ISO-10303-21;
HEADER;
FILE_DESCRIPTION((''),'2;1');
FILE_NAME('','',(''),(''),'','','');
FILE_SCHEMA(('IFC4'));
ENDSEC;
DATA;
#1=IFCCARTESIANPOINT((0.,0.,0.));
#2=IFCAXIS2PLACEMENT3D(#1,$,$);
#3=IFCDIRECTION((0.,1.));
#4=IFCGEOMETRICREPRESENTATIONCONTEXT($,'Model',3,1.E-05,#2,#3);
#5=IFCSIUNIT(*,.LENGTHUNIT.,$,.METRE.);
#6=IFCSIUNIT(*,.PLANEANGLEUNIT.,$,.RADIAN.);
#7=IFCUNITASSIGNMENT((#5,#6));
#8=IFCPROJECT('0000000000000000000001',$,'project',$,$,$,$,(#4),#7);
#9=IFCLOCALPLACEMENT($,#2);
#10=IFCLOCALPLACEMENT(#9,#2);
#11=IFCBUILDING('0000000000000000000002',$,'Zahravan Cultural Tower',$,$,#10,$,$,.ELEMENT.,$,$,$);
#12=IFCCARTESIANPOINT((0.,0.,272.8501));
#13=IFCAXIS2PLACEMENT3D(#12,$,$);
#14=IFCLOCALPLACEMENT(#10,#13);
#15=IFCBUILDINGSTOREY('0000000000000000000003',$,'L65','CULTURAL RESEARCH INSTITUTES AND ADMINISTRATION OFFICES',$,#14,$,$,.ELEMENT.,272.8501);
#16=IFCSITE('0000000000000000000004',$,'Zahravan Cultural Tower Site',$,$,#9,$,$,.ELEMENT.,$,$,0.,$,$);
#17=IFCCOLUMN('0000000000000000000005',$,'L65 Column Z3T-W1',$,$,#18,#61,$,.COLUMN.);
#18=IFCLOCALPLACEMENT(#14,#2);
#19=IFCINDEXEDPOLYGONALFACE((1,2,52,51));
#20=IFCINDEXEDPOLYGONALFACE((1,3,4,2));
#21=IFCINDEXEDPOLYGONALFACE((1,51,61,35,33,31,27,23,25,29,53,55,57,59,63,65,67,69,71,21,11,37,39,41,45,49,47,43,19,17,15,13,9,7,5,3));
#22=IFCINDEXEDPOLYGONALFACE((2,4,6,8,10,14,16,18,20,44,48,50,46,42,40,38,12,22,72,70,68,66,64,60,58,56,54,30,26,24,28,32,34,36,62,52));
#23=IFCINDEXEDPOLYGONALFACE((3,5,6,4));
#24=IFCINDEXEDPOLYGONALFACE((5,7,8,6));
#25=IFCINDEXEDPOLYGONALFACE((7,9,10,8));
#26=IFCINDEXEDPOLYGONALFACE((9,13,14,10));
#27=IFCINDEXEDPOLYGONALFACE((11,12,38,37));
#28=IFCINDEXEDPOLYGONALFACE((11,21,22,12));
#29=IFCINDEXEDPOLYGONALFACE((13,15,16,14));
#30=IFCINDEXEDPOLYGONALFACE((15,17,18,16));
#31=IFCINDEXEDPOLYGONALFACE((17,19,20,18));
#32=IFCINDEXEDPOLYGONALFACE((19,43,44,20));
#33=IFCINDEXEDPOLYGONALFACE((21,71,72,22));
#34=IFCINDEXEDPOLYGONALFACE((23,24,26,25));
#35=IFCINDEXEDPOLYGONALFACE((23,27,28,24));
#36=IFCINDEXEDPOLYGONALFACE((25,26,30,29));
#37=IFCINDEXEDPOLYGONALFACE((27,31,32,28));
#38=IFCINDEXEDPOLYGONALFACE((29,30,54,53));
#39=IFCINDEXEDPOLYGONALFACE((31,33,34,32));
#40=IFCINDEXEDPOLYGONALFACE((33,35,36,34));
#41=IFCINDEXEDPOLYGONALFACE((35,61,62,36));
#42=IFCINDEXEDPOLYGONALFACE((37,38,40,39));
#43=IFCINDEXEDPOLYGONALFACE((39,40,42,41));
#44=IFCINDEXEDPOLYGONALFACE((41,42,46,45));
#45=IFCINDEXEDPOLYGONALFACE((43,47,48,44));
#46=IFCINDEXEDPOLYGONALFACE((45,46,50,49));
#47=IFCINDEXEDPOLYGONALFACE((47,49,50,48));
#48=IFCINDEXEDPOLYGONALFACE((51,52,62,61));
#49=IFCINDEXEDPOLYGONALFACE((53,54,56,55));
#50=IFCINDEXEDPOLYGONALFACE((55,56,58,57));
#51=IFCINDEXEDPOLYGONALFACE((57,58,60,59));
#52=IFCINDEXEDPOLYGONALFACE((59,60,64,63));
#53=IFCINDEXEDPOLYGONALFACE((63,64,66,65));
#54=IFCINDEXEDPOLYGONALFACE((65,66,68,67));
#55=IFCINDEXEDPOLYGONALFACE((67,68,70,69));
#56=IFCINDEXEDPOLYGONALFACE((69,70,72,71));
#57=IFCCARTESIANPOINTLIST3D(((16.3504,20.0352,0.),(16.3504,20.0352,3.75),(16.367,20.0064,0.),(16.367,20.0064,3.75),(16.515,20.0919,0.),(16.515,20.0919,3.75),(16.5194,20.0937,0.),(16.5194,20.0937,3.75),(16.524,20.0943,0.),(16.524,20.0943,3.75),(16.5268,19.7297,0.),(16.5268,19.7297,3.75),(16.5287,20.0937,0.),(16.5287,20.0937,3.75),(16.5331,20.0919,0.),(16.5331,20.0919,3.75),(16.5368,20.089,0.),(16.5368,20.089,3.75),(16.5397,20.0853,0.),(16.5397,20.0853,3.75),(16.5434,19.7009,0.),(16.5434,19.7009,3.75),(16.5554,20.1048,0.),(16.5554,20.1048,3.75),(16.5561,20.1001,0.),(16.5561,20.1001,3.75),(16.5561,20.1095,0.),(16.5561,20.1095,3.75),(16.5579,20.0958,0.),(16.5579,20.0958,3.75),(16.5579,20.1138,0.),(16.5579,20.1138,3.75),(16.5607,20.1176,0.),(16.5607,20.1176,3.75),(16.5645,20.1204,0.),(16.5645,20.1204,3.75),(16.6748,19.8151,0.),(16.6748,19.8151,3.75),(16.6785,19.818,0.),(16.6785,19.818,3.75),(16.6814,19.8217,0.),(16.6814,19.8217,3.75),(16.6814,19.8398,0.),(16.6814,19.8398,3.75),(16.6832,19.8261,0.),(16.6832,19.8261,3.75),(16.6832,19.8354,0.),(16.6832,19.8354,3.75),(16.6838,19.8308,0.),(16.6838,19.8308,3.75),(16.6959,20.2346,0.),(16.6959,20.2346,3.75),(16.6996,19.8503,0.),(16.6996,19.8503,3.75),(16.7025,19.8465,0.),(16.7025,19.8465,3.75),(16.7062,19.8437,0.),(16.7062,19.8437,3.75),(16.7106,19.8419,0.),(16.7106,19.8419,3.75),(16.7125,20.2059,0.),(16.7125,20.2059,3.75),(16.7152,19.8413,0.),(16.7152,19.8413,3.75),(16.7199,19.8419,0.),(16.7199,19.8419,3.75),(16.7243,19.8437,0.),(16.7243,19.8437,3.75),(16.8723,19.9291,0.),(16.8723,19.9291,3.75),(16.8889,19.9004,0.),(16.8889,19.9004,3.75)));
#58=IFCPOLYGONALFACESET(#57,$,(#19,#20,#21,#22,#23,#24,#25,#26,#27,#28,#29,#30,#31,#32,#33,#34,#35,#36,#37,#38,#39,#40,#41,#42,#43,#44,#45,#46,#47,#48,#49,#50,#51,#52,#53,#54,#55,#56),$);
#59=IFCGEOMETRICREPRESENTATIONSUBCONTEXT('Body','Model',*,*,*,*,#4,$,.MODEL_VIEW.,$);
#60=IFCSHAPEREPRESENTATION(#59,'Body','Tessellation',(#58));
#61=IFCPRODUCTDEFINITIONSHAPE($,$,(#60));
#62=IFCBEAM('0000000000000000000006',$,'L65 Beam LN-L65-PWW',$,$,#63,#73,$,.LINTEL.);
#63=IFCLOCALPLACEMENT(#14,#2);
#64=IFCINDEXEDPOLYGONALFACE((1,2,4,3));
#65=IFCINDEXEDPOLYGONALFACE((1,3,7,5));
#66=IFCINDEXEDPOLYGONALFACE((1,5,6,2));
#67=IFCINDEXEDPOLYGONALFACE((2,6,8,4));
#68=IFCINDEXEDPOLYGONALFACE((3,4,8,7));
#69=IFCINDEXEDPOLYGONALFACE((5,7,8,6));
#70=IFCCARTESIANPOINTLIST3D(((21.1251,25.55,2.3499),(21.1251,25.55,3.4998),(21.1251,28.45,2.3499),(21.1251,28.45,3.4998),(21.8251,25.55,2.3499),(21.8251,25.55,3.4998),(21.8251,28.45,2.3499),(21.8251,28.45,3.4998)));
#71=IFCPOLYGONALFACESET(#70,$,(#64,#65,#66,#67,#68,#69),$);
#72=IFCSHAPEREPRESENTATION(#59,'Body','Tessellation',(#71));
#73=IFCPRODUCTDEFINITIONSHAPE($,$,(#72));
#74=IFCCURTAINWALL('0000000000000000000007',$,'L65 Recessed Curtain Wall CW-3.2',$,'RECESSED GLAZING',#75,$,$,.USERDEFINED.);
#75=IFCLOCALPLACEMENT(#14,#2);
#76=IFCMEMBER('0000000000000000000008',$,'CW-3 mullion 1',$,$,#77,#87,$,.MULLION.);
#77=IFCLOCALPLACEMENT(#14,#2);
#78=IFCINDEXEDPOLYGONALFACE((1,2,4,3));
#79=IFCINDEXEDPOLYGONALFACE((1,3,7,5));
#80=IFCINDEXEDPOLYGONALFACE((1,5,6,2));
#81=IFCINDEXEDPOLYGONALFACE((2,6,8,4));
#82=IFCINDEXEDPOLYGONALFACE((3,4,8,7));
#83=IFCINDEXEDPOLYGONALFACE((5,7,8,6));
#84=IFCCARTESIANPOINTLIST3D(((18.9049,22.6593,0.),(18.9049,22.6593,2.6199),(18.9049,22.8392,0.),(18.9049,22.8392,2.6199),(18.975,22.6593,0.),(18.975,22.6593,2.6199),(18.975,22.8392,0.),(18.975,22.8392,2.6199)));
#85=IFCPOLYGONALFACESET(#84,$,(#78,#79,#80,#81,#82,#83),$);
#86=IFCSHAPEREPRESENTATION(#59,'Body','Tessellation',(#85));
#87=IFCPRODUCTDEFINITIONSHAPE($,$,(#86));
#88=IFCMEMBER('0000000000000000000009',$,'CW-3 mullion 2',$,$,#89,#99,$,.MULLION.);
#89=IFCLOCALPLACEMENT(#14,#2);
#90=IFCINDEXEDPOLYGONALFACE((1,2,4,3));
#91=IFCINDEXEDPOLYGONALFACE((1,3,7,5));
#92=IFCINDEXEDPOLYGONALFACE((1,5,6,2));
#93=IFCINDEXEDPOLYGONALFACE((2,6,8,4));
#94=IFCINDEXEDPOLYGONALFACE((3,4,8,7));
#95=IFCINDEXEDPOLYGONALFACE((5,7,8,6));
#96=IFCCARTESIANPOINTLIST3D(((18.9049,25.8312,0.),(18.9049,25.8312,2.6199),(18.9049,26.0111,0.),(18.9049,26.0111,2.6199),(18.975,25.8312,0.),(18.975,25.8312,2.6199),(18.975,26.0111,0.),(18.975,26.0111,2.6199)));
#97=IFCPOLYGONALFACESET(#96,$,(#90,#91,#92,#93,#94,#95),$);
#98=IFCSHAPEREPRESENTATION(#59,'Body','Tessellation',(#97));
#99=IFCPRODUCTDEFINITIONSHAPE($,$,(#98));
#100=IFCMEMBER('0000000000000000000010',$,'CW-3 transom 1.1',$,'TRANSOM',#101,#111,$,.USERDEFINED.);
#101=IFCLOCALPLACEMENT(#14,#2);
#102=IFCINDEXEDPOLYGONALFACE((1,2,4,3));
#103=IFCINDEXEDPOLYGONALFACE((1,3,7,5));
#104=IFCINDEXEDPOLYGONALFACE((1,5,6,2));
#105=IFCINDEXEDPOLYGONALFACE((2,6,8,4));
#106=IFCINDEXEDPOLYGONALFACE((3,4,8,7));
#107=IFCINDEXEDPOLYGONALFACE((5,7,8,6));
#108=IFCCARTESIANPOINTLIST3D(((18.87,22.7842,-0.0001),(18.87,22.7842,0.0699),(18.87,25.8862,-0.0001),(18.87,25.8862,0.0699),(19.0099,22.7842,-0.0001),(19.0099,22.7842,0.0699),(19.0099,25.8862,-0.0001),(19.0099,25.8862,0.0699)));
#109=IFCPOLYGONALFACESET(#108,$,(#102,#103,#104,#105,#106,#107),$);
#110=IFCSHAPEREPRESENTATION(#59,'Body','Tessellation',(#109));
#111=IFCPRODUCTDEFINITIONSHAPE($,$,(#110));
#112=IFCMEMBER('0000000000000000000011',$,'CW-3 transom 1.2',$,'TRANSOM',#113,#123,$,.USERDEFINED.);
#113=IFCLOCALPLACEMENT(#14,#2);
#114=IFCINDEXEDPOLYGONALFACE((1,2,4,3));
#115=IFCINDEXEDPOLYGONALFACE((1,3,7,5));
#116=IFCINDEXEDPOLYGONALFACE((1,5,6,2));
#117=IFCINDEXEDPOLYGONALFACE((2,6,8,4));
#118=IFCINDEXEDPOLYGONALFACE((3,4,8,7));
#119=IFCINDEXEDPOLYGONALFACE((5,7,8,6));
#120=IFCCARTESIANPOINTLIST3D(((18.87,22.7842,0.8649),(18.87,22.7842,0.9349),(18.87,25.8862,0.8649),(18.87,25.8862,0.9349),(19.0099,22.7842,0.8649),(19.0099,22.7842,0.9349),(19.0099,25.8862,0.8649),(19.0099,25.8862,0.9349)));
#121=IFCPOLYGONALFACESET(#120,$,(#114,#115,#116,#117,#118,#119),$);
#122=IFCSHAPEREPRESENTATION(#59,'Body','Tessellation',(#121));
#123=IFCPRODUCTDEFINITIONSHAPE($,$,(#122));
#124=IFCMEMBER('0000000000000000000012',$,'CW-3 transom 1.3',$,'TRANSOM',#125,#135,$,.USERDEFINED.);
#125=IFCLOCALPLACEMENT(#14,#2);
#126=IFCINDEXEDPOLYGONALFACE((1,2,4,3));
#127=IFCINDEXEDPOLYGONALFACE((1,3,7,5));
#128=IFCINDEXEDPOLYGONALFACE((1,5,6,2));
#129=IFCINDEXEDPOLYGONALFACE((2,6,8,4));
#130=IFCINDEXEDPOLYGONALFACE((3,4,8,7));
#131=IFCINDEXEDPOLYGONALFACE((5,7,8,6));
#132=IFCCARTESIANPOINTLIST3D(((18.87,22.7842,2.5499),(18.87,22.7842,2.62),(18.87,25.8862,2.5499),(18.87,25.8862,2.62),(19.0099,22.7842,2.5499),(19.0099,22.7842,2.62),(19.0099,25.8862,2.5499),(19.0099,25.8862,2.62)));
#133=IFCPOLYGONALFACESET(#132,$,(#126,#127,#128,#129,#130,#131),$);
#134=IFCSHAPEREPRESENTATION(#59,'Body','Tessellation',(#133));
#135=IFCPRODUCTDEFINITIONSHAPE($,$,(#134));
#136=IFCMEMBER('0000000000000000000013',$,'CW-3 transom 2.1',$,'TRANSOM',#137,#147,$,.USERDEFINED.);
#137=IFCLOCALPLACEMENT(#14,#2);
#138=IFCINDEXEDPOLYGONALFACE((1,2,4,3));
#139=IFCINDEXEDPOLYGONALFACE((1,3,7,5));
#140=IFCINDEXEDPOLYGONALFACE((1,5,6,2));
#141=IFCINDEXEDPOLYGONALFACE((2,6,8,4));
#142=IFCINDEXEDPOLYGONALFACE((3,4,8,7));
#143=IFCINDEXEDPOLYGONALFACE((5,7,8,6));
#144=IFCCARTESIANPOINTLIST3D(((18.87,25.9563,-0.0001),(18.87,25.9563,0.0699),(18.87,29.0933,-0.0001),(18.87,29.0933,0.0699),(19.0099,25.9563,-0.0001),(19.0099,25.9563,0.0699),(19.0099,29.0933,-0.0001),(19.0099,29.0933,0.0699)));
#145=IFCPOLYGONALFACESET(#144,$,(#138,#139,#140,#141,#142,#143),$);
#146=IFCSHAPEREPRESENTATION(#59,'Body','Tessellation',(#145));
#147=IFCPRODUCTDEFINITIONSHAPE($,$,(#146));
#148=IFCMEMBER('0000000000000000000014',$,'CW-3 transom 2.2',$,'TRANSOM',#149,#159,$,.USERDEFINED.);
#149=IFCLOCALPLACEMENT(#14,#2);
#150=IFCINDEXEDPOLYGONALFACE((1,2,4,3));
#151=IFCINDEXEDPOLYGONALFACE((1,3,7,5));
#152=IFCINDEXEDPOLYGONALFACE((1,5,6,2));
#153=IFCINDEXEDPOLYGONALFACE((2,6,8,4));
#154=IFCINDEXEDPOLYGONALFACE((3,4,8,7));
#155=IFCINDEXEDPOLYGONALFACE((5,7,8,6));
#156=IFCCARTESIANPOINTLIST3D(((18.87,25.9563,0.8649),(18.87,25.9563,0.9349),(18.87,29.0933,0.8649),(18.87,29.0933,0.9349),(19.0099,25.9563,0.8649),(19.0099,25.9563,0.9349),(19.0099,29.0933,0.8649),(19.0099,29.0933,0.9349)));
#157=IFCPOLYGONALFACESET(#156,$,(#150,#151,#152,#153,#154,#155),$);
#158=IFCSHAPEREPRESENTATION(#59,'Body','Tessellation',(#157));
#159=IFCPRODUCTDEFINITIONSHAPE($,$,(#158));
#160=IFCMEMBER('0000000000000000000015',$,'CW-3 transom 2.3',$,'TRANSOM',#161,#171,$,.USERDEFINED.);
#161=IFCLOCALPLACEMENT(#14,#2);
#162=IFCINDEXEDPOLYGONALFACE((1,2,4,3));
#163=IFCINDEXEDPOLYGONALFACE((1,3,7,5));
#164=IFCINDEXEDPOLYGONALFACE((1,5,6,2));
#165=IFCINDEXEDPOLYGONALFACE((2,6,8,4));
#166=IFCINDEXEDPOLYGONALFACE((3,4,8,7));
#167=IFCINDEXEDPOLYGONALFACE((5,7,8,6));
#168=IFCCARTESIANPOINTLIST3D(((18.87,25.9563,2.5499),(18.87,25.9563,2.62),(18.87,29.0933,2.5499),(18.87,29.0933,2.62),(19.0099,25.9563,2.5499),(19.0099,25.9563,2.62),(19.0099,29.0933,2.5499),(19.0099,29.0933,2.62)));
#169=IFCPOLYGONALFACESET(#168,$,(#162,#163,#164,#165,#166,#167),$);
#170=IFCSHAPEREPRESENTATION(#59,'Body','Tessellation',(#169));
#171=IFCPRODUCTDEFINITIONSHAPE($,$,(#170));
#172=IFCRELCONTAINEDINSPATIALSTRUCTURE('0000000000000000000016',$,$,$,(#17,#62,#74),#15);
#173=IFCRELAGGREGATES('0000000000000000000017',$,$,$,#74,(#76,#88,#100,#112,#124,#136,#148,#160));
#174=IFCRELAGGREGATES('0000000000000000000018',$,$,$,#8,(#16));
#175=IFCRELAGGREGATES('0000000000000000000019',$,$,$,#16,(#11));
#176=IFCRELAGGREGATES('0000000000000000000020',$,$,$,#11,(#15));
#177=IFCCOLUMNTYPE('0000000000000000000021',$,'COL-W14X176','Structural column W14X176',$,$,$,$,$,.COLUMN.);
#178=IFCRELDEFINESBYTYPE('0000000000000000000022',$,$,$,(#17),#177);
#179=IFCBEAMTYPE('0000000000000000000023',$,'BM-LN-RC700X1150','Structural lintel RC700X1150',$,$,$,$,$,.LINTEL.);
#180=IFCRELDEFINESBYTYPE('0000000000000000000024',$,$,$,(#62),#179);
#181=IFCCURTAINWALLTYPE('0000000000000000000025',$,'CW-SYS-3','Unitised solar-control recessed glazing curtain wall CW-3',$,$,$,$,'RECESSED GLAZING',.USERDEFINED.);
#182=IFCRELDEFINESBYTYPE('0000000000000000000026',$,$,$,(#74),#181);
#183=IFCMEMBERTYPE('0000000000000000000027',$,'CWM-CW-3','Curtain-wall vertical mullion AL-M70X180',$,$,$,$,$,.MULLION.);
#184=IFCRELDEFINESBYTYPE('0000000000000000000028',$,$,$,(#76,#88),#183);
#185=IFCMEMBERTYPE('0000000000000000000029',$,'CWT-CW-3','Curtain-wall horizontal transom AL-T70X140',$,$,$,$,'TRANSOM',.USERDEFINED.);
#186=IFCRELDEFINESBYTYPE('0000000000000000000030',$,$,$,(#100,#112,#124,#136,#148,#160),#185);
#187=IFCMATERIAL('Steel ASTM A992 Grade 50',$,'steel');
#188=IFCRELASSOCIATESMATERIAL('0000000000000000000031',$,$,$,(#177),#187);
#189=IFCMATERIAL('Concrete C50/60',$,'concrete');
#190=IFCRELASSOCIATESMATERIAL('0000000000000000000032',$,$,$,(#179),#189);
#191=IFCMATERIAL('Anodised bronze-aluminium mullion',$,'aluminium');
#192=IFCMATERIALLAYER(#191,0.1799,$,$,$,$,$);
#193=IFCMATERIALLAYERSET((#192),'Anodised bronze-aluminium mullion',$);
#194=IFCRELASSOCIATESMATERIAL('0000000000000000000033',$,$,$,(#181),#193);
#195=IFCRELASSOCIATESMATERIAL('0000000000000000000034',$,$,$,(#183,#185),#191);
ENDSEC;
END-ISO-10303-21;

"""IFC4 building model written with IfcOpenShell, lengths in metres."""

from ifc_helpers import new_model, si_unit, direction, frame, origin, origin_2d, place, context, subcontext, project, spatial, rectangle, i_section, extrude, source, transform, mapped, material, layer, layer_set, material_profile, profile_set, type_object, element, aggregate, save


model = new_model("IFC4")

# Units and contexts
model_context = context("Model", 3, precision=1e-05, world=origin(), true_north=direction((0.0, 1.0)))
body_context = subcontext(model_context, "Body", "Model", "MODEL_VIEW")
ifc_project = project(units=[si_unit("LENGTHUNIT", "METRE"), si_unit("PLANEANGLEUNIT", "RADIAN")], contexts=[model_context])

# Site, building, storey
site_placement = place(None, origin())
site = spatial("IfcSite", under=ifc_project, at=site_placement, Name="Zahravan Cultural Tower Site", CompositionType="ELEMENT", RefElevation=0.0)
building_placement = place(site_placement, origin())
building = spatial("IfcBuilding", under=site, at=building_placement, Name="Zahravan Cultural Tower", CompositionType="ELEMENT")
storey_placement = place(building_placement, frame((0.0, 0.0, 272.8501)))
storey = spatial("IfcBuildingStorey", under=building, at=storey_placement, Name="L65", Description="CULTURAL RESEARCH INSTITUTES AND ADMINISTRATION OFFICES", CompositionType="ELEMENT", Elevation=272.8501)

# Column
ifc_material_1 = material(Name="Steel ASTM A992 Grade 50", Category="steel")
ifc_material_profile_1 = material_profile(ifc_material_1, i_section(OverallWidth=0.3989, OverallDepth=0.386, WebThickness=0.021, FlangeThickness=0.0332, FilletRadius=0.0181, at=origin_2d()), Name="W14X176")
ifc_profile_set_1 = profile_set([ifc_material_profile_1], Name="Steel ASTM A992 Grade 50")
column_type = type_object("IfcColumnType", Name="COL-W14X176", Description="Structural column W14X176", PredefinedType="COLUMN", material=ifc_profile_set_1)
shared_shape_1 = source(origin(), body_context, "Body", "SweptSolid", [
    extrude(i_section(OverallWidth=0.3989, OverallDepth=0.386, WebThickness=0.021, FlangeThickness=0.0332, FilletRadius=0.0181, at=origin_2d()), origin(), (0.0, 0.0, 1.0), 3.75),
])
column_placement = place(storey_placement, frame((16.6196, 19.9678, 0.0), z_axis=(0.0, 0.0, 1.0), x_axis=(0.866025, 0.5, 0.0)))
element("IfcColumn", 1, at=column_placement, inside=storey, type_object=column_type, Name="L65 Column Z3T-W1", PredefinedType="COLUMN", context=body_context, shape_type="MappedRepresentation", body=[
    mapped(shared_shape_1, transform((0.0, 0.0, 0.0), x_axis=(1.0, 0.0, 0.0), y_axis=(0.0, 1.0, 0.0), z_axis=(0.0, 0.0, 1.0), scale=1.0)),
])

# Beam
ifc_material_2 = material(Name="Concrete C50/60", Category="concrete")
ifc_material_profile_2 = material_profile(ifc_material_2, rectangle(XDim=0.7, YDim=1.1499, at=origin_2d()), Name="RC700X1150")
ifc_profile_set_2 = profile_set([ifc_material_profile_2], Name="Concrete C50/60")
beam_type = type_object("IfcBeamType", Name="BM-LN-RC700X1150", Description="Structural lintel RC700X1150", PredefinedType="LINTEL", material=ifc_profile_set_2)
shared_shape_2 = source(origin(), body_context, "Body", "SweptSolid", [
    extrude(rectangle(XDim=0.7, YDim=1.1499, at=origin_2d()), origin(), (0.0, 0.0, 1.0), 2.8999),
])
beam_placement = place(storey_placement, frame((21.4751, 25.55, 2.9248), z_axis=(0.0, 1.0, 0.0), x_axis=(-1.0, 0.0, 0.0)))
element("IfcBeam", 2, at=beam_placement, inside=storey, type_object=beam_type, Name="L65 Beam LN-L65-PWW", PredefinedType="LINTEL", context=body_context, shape_type="MappedRepresentation", body=[
    mapped(shared_shape_2, transform((0.0, 0.0, 0.0), x_axis=(1.0, 0.0, 0.0), y_axis=(0.0, 1.0, 0.0), z_axis=(0.0, 0.0, 1.0), scale=1.0)),
])

# Curtain wall, members
ifc_material_3 = material(Name="Anodised bronze-aluminium mullion", Category="aluminium")
ifc_layer_1 = layer(ifc_material_3, 0.1799)
ifc_layer_set_1 = layer_set([ifc_layer_1], Name="Anodised bronze-aluminium mullion")
curtain_wall_type = type_object("IfcCurtainWallType", Name="CW-SYS-3", Description="Unitised solar-control recessed glazing curtain wall CW-3", ElementType="RECESSED GLAZING", PredefinedType="USERDEFINED", material=ifc_layer_set_1)
curtain_wall_placement = place(storey_placement, origin())
curtain_wall = element("IfcCurtainWall", 3, at=curtain_wall_placement, inside=storey, type_object=curtain_wall_type, Name="L65 Recessed Curtain Wall CW-3.2", ObjectType="RECESSED GLAZING", PredefinedType="USERDEFINED")
ifc_material_profile_3 = material_profile(ifc_material_3, rectangle(XDim=0.0701, YDim=0.1799, at=origin_2d()), Name="AL-M70X180")
ifc_profile_set_3 = profile_set([ifc_material_profile_3], Name="Anodised bronze-aluminium mullion")
member_type_1 = type_object("IfcMemberType", Name="CWM-CW-3", Description="Curtain-wall vertical mullion AL-M70X180", PredefinedType="MULLION", material=ifc_profile_set_3)
shared_shape_3 = source(origin(), body_context, "Body", "SweptSolid", [
    extrude(rectangle(XDim=0.0701, YDim=0.1799, at=origin_2d()), origin(), (0.0, 0.0, 1.0), 2.6199),
])
member_1_placement = place(storey_placement, frame((18.9399, 22.7493, 0.0), z_axis=(0.0, 0.0, 1.0), x_axis=(-1.0, 0.0, 0.0)))
member_1 = element("IfcMember", 4, at=member_1_placement, type_object=member_type_1, Name="CW-3 mullion 1", PredefinedType="MULLION", context=body_context, shape_type="MappedRepresentation", body=[
    mapped(shared_shape_3, transform((0.0, 0.0, 0.0), x_axis=(1.0, 0.0, 0.0), y_axis=(0.0, 1.0, 0.0), z_axis=(0.0, 0.0, 1.0), scale=1.0)),
])
member_2_placement = place(storey_placement, frame((18.9399, 25.9211, 0.0), z_axis=(0.0, 0.0, 1.0), x_axis=(-1.0, 0.0, 0.0)))
member_2 = element("IfcMember", 5, at=member_2_placement, type_object=member_type_1, Name="CW-3 mullion 2", PredefinedType="MULLION", context=body_context, shape_type="MappedRepresentation", body=[
    mapped(shared_shape_3, transform((0.0, 0.0, 0.0), x_axis=(1.0, 0.0, 0.0), y_axis=(0.0, 1.0, 0.0), z_axis=(0.0, 0.0, 1.0), scale=1.0)),
])
ifc_material_profile_4 = material_profile(ifc_material_3, rectangle(XDim=0.1399, YDim=0.0701, at=origin_2d()), Name="AL-T70X140")
ifc_profile_set_4 = profile_set([ifc_material_profile_4], Name="Anodised bronze-aluminium mullion")
member_type_2 = type_object("IfcMemberType", Name="CWT-CW-3", Description="Curtain-wall horizontal transom AL-T70X140", ElementType="TRANSOM", PredefinedType="USERDEFINED", material=ifc_profile_set_4)
shared_shape_4 = source(origin(), body_context, "Body", "SweptSolid", [
    extrude(rectangle(XDim=0.1399, YDim=0.0701, at=origin_2d()), origin(), (0.0, 0.0, 1.0), 3.1021),
])
member_3_placement = place(storey_placement, frame((18.9399, 22.7842, 0.0349), z_axis=(0.0, 1.0, 0.0), x_axis=(-1.0, 0.0, 0.0)))
member_3 = element("IfcMember", 6, at=member_3_placement, type_object=member_type_2, Name="CW-3 transom 1.1", ObjectType="TRANSOM", PredefinedType="USERDEFINED", context=body_context, shape_type="MappedRepresentation", body=[
    mapped(shared_shape_4, transform((0.0, 0.0, 0.0), x_axis=(1.0, 0.0, 0.0), y_axis=(0.0, 1.0, 0.0), z_axis=(0.0, 0.0, 1.0), scale=1.0)),
])
member_4_placement = place(storey_placement, frame((18.9399, 22.7842, 0.8999), z_axis=(0.0, 1.0, 0.0), x_axis=(-1.0, 0.0, 0.0)))
member_4 = element("IfcMember", 7, at=member_4_placement, type_object=member_type_2, Name="CW-3 transom 1.2", ObjectType="TRANSOM", PredefinedType="USERDEFINED", context=body_context, shape_type="MappedRepresentation", body=[
    mapped(shared_shape_4, transform((0.0, 0.0, 0.0), x_axis=(1.0, 0.0, 0.0), y_axis=(0.0, 1.0, 0.0), z_axis=(0.0, 0.0, 1.0), scale=1.0)),
])
member_5_placement = place(storey_placement, frame((18.9399, 22.7842, 2.585), z_axis=(0.0, 1.0, 0.0), x_axis=(-1.0, 0.0, 0.0)))
member_5 = element("IfcMember", 8, at=member_5_placement, type_object=member_type_2, Name="CW-3 transom 1.3", ObjectType="TRANSOM", PredefinedType="USERDEFINED", context=body_context, shape_type="MappedRepresentation", body=[
    mapped(shared_shape_4, transform((0.0, 0.0, 0.0), x_axis=(1.0, 0.0, 0.0), y_axis=(0.0, 1.0, 0.0), z_axis=(0.0, 0.0, 1.0), scale=1.0)),
])
shared_shape_5 = source(origin(), body_context, "Body", "SweptSolid", [
    extrude(rectangle(XDim=0.1399, YDim=0.0701, at=origin_2d()), origin(), (0.0, 0.0, 1.0), 3.137),
])
member_6_placement = place(storey_placement, frame((18.9399, 25.9563, 0.0349), z_axis=(0.0, 1.0, 0.0), x_axis=(-1.0, 0.0, 0.0)))
member_6 = element("IfcMember", 9, at=member_6_placement, type_object=member_type_2, Name="CW-3 transom 2.1", ObjectType="TRANSOM", PredefinedType="USERDEFINED", context=body_context, shape_type="MappedRepresentation", body=[
    mapped(shared_shape_5, transform((0.0, 0.0, 0.0), x_axis=(1.0, 0.0, 0.0), y_axis=(0.0, 1.0, 0.0), z_axis=(0.0, 0.0, 1.0), scale=1.0)),
])
member_7_placement = place(storey_placement, frame((18.9399, 25.9563, 0.8999), z_axis=(0.0, 1.0, 0.0), x_axis=(-1.0, 0.0, 0.0)))
member_7 = element("IfcMember", 10, at=member_7_placement, type_object=member_type_2, Name="CW-3 transom 2.2", ObjectType="TRANSOM", PredefinedType="USERDEFINED", context=body_context, shape_type="MappedRepresentation", body=[
    mapped(shared_shape_5, transform((0.0, 0.0, 0.0), x_axis=(1.0, 0.0, 0.0), y_axis=(0.0, 1.0, 0.0), z_axis=(0.0, 0.0, 1.0), scale=1.0)),
])
member_8_placement = place(storey_placement, frame((18.9399, 25.9563, 2.585), z_axis=(0.0, 1.0, 0.0), x_axis=(-1.0, 0.0, 0.0)))
member_8 = element("IfcMember", 11, at=member_8_placement, type_object=member_type_2, Name="CW-3 transom 2.3", ObjectType="TRANSOM", PredefinedType="USERDEFINED", context=body_context, shape_type="MappedRepresentation", body=[
    mapped(shared_shape_5, transform((0.0, 0.0, 0.0), x_axis=(1.0, 0.0, 0.0), y_axis=(0.0, 1.0, 0.0), z_axis=(0.0, 0.0, 1.0), scale=1.0)),
])
aggregate(curtain_wall, [member_1, member_2, member_3, member_4, member_5, member_6, member_7, member_8])

save(model, "model.ifc")
